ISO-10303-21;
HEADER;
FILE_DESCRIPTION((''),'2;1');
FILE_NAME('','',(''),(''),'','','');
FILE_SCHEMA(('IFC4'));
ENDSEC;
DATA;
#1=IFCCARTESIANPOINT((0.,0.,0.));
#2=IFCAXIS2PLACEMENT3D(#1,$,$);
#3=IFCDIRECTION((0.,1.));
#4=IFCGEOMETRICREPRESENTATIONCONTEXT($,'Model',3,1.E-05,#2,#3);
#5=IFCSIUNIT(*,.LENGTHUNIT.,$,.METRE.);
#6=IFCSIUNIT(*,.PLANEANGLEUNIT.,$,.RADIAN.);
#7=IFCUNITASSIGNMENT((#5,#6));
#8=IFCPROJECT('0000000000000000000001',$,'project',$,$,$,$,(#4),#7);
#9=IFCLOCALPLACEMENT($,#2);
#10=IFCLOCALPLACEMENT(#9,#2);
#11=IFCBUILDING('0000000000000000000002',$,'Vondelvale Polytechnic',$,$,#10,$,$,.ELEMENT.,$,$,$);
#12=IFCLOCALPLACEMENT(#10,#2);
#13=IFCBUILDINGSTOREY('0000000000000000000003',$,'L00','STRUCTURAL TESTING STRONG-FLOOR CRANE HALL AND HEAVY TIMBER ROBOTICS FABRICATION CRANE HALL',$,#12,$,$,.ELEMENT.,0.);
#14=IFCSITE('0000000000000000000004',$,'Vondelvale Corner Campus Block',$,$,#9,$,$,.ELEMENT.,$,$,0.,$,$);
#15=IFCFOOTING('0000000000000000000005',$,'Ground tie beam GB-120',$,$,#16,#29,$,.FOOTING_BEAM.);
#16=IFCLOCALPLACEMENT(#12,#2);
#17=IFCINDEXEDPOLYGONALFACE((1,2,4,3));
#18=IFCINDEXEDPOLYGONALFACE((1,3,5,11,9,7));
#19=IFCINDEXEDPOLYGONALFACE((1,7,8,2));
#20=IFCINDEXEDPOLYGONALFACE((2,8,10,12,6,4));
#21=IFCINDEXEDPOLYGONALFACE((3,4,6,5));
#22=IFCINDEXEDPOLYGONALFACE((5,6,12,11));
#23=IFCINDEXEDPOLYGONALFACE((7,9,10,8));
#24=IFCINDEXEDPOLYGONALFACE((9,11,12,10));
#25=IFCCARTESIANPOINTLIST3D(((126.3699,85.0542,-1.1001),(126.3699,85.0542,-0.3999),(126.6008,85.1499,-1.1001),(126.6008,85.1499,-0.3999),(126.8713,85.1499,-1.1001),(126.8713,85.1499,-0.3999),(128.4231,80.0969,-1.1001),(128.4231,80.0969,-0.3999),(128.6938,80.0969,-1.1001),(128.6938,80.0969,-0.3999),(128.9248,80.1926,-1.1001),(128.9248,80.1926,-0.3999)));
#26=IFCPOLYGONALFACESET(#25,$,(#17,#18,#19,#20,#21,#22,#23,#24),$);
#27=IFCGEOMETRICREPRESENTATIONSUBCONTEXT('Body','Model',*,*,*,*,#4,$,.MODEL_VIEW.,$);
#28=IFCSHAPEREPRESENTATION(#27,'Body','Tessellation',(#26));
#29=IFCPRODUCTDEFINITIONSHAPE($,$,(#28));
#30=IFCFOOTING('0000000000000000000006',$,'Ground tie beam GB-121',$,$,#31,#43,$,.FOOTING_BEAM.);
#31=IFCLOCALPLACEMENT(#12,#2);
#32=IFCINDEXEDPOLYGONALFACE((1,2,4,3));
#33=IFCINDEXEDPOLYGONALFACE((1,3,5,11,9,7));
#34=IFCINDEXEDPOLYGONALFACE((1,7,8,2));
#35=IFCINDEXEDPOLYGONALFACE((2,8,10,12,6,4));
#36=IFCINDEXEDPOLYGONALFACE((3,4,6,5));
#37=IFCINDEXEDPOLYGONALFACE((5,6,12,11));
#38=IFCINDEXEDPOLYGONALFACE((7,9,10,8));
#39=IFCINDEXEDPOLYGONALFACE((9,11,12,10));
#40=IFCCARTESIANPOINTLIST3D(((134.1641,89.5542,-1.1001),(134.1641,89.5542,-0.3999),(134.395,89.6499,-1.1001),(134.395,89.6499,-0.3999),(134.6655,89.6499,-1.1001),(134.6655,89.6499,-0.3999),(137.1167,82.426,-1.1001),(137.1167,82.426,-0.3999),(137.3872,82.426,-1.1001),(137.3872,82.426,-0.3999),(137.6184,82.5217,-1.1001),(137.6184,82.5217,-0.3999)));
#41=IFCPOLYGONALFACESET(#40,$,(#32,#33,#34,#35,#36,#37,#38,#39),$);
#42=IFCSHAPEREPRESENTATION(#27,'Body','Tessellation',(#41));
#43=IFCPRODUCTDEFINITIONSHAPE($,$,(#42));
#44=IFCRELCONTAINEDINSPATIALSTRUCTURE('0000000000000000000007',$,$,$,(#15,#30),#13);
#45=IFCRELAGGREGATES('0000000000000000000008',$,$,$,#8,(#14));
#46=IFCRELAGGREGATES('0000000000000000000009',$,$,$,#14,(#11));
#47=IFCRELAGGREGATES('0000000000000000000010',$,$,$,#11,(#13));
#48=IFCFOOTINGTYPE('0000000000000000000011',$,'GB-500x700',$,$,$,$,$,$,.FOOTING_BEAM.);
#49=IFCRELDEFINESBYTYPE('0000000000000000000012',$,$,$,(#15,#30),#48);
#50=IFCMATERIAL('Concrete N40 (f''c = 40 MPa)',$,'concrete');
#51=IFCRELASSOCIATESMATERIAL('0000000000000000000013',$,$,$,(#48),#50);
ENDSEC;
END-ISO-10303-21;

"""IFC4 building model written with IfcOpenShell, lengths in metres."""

from ifc_helpers import new_model, si_unit, direction, frame, origin, place, context, subcontext, project, spatial, polyline, outline, extrude, material, type_object, element, save


model = new_model("IFC4")

# Units and contexts
model_context = context("Model", 3, precision=1e-05, world=origin(), true_north=direction((0.0, 1.0)))
body_context = subcontext(model_context, "Body", "Model", "MODEL_VIEW")
ifc_project = project(units=[si_unit("LENGTHUNIT", "METRE"), si_unit("PLANEANGLEUNIT", "RADIAN")], contexts=[model_context])

# Site, building, storey
site_placement = place(None, origin())
site = spatial("IfcSite", under=ifc_project, at=site_placement, Name="Vondelvale Corner Campus Block", CompositionType="ELEMENT", RefElevation=0.0)
building_placement = place(site_placement, origin())
building = spatial("IfcBuilding", under=site, at=building_placement, Name="Vondelvale Polytechnic", CompositionType="ELEMENT")
storey_placement = place(building_placement, origin())
storey = spatial("IfcBuildingStorey", under=building, at=storey_placement, Name="L00", Description="STRUCTURAL TESTING STRONG-FLOOR CRANE HALL AND HEAVY TIMBER ROBOTICS FABRICATION CRANE HALL", CompositionType="ELEMENT", Elevation=0.0)

# Footings
ifc_material = material(Name="Concrete N40 (f'c = 40 MPa)", Category="concrete")
footing_type = type_object("IfcFootingType", Name="GB-500x700", PredefinedType="FOOTING_BEAM", material=ifc_material)
footing_1_placement = place(storey_placement, frame((0.0, 0.0, -1.1001)))
element("IfcFooting", 1, at=footing_1_placement, inside=storey, type_object=footing_type, Name="Ground tie beam GB-120", PredefinedType="FOOTING_BEAM", context=body_context, shape_type="SweptSolid", body=[
    extrude(outline(polyline([(128.9248, 80.1926), (128.6938, 80.0969), (128.4231, 80.0969), (126.3699, 85.0542), (126.6008, 85.1499), (126.8713, 85.1499), (128.9248, 80.1926)])), origin(), (0.0, 0.0, 1.0), 0.7002),
])
footing_2_placement = place(storey_placement, frame((0.0, 0.0, -1.1001)))
element("IfcFooting", 2, at=footing_2_placement, inside=storey, type_object=footing_type, Name="Ground tie beam GB-121", PredefinedType="FOOTING_BEAM", context=body_context, shape_type="SweptSolid", body=[
    extrude(outline(polyline([(137.6184, 82.5217), (137.3872, 82.426), (137.1167, 82.426), (134.1641, 89.5542), (134.395, 89.6499), (134.6655, 89.6499), (137.6184, 82.5217)])), origin(), (0.0, 0.0, 1.0), 0.7002),
])

save(model, "model.ifc")
